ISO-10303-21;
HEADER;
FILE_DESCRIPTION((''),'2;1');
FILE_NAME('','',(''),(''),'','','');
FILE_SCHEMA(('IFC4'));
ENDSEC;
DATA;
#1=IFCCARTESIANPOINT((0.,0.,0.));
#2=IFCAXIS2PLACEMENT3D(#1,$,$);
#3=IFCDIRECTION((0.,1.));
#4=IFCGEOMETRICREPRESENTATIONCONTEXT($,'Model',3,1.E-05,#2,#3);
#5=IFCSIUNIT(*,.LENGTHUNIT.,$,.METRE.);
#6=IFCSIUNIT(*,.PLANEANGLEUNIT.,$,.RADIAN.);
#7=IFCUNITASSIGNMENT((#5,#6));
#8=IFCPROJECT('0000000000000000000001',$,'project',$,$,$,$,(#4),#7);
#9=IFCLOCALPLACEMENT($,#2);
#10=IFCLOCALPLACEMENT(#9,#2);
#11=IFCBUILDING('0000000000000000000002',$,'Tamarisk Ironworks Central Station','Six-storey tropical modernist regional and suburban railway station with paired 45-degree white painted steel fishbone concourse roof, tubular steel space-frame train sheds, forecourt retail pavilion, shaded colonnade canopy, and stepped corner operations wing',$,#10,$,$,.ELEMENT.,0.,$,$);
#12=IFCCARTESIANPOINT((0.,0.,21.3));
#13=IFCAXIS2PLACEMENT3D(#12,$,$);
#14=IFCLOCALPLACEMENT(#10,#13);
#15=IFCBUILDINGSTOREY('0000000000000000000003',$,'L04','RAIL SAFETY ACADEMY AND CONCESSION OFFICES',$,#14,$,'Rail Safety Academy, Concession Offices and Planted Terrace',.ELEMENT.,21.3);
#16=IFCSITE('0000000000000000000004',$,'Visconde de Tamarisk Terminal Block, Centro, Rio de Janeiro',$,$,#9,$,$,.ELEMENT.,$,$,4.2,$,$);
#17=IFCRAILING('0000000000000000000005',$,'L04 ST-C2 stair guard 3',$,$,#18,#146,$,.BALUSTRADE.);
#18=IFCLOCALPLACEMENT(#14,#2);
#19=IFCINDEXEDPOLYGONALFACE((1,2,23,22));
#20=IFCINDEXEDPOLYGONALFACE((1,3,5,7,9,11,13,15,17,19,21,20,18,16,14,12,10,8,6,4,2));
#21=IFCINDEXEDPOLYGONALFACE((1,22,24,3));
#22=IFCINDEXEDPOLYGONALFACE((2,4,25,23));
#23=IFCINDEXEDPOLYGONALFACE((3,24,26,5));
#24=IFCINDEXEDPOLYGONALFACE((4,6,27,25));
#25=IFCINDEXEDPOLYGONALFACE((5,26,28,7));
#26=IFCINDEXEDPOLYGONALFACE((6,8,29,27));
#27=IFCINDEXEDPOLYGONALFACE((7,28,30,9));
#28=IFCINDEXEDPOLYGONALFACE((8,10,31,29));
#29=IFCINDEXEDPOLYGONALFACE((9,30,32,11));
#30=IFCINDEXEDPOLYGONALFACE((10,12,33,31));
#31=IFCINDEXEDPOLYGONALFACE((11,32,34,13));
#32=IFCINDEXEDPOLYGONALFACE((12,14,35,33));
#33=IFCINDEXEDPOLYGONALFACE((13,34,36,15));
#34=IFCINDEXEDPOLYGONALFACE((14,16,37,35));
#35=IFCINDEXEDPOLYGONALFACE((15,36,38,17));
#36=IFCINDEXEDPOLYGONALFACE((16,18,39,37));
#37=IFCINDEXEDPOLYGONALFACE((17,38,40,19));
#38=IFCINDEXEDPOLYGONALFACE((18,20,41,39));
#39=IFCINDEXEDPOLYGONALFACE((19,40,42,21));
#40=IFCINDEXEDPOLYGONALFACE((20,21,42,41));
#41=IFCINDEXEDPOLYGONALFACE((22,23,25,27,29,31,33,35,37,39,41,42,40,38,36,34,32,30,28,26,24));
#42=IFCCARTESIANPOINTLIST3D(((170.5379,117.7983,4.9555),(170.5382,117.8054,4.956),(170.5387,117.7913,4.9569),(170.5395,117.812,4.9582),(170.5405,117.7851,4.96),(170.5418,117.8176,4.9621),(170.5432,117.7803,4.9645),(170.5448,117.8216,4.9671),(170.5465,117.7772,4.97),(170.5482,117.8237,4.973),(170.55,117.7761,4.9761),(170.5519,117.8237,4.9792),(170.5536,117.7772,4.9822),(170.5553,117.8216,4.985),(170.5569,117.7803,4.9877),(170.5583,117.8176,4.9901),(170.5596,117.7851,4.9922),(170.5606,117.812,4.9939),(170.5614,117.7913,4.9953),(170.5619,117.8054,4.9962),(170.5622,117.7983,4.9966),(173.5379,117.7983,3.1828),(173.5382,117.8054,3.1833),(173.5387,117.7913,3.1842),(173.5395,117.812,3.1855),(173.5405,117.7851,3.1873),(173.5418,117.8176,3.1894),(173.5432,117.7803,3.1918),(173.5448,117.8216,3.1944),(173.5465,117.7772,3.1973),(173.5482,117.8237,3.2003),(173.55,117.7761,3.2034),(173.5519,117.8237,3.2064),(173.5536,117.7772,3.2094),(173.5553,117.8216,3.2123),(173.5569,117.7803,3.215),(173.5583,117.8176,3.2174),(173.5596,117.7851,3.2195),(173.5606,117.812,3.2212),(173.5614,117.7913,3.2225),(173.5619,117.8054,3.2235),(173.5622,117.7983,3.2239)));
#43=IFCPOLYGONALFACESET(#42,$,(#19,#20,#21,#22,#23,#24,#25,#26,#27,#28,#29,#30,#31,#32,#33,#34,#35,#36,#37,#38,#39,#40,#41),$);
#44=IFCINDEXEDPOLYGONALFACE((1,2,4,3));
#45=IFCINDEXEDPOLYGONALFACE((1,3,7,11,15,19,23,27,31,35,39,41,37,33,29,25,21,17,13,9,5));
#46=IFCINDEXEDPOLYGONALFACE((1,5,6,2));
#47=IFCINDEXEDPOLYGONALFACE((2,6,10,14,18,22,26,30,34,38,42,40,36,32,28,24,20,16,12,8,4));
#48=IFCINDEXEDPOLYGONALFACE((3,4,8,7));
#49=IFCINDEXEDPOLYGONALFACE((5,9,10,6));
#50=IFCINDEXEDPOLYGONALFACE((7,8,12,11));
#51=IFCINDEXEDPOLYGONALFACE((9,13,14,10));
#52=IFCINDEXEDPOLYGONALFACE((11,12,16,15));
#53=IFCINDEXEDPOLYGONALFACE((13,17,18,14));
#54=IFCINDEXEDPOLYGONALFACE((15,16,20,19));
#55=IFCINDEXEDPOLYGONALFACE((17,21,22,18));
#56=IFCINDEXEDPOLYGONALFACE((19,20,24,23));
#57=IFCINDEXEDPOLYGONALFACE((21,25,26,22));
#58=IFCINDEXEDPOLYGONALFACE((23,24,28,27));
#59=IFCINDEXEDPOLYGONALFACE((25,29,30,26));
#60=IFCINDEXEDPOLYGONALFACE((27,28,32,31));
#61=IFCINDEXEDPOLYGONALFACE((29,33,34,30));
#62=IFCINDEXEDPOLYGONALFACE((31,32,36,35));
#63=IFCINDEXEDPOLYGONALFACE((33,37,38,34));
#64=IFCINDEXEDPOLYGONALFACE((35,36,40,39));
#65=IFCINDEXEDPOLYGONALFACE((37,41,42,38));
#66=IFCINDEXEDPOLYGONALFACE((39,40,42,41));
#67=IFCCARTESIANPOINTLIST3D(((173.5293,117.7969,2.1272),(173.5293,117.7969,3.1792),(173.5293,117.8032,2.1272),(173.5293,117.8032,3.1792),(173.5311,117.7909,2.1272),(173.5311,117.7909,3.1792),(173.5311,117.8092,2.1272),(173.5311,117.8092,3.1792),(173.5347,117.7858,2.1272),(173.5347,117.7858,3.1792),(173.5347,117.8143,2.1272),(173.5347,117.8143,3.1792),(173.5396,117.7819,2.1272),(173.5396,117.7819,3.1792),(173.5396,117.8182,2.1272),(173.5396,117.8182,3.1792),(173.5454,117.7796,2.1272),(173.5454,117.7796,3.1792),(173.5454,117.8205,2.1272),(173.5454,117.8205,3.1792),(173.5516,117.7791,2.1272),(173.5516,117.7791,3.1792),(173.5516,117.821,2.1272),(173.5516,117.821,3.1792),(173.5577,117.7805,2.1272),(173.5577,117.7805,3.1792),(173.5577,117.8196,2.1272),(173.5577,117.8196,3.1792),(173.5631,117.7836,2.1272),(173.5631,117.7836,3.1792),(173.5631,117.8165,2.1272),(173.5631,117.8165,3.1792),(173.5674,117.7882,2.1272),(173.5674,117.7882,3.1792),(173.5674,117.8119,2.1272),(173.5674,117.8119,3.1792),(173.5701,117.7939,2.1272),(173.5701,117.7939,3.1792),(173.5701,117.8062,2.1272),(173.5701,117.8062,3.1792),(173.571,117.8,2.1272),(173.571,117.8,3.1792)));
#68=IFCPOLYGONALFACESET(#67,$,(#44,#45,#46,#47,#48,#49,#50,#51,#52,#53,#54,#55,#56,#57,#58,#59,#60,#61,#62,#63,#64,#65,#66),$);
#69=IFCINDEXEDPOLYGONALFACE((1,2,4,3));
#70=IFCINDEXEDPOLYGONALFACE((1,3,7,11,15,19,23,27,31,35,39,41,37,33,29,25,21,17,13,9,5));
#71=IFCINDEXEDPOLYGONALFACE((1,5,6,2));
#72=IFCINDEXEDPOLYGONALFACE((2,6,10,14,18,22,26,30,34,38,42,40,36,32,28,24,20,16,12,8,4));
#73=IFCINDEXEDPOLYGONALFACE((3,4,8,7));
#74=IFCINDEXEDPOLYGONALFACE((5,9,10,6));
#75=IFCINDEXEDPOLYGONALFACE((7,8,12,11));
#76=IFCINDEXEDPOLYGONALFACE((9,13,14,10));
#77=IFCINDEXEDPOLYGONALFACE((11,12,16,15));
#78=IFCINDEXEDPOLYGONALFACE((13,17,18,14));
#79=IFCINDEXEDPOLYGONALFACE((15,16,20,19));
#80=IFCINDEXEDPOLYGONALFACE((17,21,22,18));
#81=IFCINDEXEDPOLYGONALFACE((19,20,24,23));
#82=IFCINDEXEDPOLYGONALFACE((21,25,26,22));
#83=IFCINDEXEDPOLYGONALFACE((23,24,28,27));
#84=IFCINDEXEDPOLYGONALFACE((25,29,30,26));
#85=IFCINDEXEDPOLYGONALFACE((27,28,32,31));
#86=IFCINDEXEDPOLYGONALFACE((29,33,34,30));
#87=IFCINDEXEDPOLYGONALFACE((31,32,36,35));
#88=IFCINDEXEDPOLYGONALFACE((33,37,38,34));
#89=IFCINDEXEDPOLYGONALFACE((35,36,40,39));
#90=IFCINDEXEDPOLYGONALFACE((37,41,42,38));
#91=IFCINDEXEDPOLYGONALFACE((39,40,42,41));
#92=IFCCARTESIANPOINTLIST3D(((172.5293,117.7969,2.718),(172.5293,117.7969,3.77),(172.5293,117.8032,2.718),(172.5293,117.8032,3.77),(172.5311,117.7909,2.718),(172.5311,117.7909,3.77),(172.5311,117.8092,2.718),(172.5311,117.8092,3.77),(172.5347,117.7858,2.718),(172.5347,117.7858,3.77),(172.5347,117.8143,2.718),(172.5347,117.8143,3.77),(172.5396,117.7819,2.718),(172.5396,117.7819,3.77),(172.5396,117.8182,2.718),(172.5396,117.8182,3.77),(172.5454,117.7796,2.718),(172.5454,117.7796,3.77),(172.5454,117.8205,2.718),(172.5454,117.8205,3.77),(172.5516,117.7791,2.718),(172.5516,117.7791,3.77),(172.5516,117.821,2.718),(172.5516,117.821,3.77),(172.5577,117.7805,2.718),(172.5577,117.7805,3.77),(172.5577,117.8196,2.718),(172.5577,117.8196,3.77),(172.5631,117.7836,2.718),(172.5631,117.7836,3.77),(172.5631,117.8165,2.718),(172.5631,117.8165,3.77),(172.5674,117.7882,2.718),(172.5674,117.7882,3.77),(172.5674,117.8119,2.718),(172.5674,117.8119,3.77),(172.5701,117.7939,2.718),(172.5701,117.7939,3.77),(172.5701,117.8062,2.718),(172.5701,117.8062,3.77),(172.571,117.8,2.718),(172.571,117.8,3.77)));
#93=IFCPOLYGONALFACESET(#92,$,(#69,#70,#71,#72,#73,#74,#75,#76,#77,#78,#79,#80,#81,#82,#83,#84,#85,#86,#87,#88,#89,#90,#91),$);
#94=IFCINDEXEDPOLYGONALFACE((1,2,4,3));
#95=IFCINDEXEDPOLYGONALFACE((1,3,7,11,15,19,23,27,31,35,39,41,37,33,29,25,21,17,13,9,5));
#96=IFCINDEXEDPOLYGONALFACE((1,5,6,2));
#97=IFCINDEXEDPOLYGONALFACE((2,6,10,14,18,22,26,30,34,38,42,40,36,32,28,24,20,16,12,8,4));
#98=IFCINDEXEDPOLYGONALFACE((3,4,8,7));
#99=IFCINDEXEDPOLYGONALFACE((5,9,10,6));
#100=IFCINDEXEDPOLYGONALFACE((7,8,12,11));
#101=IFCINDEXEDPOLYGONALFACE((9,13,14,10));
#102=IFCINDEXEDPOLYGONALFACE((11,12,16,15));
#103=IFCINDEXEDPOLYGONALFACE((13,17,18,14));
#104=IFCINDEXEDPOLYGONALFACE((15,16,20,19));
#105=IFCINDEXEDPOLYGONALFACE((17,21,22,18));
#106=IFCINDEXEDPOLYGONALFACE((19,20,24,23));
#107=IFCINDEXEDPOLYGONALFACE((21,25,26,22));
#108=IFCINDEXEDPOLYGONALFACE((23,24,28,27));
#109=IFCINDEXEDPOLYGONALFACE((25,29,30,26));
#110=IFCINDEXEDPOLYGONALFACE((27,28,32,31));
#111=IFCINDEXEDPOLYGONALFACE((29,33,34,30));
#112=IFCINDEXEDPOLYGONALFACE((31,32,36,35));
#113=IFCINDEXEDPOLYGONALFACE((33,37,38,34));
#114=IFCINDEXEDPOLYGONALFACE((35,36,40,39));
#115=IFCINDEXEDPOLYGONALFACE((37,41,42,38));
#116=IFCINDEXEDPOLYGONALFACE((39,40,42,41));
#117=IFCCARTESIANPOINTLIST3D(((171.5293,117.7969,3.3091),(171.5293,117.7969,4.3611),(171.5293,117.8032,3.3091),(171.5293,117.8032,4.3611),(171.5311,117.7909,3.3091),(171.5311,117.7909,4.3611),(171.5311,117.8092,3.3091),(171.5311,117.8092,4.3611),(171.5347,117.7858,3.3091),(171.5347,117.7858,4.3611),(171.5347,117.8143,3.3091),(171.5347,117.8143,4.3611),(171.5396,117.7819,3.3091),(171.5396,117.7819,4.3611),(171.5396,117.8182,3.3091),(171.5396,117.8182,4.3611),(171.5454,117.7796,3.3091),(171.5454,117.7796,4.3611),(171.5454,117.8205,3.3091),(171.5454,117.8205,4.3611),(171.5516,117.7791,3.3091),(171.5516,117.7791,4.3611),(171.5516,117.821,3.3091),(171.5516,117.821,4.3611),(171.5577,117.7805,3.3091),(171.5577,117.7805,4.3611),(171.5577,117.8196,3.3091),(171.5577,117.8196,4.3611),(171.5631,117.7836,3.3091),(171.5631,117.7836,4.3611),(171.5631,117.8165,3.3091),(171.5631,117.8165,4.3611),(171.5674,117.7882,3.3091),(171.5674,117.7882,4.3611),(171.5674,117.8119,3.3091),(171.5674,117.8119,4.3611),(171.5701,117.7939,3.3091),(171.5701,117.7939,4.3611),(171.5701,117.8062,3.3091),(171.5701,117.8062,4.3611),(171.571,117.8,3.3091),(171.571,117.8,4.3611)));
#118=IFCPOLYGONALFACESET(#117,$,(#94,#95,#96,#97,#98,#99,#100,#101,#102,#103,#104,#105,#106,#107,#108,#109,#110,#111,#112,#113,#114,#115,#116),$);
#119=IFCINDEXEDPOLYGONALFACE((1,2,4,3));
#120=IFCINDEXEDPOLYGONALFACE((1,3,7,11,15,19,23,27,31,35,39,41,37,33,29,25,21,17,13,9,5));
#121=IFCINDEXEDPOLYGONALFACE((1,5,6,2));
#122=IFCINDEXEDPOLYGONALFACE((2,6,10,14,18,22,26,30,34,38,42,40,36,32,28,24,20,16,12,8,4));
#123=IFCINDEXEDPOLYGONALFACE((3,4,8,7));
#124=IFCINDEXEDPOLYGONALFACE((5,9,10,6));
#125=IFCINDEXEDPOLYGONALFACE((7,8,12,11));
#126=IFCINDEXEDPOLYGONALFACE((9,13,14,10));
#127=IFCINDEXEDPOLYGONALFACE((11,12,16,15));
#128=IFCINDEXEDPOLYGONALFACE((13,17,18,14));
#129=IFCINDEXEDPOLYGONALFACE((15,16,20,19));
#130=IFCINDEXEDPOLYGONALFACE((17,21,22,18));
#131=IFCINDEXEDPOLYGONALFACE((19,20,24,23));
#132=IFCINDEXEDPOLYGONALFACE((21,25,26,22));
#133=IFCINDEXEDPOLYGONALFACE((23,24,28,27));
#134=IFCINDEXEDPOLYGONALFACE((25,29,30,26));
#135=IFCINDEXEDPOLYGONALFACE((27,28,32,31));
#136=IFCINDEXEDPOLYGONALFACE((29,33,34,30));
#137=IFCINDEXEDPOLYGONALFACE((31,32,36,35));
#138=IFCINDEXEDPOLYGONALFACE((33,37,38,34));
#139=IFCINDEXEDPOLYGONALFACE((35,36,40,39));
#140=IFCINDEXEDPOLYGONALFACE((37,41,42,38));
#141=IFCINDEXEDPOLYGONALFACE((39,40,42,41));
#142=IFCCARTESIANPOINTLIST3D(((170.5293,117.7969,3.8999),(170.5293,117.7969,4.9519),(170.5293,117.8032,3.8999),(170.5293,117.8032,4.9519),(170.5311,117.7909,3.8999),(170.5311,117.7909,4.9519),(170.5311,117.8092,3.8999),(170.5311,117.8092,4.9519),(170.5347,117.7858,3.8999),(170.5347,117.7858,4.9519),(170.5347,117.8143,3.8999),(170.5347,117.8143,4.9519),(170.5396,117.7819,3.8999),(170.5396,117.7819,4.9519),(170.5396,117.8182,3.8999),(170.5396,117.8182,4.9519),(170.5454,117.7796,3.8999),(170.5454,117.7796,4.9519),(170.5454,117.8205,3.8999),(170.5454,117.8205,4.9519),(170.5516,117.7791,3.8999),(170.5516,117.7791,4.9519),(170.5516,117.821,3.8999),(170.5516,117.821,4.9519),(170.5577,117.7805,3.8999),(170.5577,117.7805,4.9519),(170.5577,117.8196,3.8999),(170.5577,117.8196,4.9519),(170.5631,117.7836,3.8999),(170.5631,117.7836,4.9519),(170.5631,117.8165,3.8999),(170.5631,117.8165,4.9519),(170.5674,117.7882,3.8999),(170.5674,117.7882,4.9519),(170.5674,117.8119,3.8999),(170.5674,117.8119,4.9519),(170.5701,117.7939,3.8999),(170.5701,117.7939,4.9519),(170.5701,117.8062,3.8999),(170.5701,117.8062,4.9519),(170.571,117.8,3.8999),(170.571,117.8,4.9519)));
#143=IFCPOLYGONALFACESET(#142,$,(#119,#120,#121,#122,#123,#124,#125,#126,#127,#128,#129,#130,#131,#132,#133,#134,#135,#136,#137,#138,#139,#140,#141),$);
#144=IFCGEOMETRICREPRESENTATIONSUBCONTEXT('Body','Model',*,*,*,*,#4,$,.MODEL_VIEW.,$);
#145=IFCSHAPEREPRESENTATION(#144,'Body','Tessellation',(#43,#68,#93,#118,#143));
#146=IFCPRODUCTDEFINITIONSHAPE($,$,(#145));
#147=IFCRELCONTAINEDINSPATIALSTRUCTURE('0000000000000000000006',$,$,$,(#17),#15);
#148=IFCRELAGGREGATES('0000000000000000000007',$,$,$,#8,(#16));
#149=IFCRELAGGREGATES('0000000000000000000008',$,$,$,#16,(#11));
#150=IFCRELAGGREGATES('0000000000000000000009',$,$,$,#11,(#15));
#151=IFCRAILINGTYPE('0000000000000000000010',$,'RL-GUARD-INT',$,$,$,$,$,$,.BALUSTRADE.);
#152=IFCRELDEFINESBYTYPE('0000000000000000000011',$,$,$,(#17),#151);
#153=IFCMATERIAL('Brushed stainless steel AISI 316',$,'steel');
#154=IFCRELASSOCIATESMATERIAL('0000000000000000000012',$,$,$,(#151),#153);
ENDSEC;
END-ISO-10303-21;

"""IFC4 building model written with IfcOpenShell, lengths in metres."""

from ifc_helpers import new_model, si_unit, direction, frame, origin, origin_2d, place, context, subcontext, project, spatial, circle, extrude, material, type_object, element, save


model = new_model("IFC4")

# Units and contexts
model_context = context("Model", 3, precision=1e-05, world=origin(), true_north=direction((0.0, 1.0)))
body_context = subcontext(model_context, "Body", "Model", "MODEL_VIEW")
ifc_project = project(units=[si_unit("LENGTHUNIT", "METRE"), si_unit("PLANEANGLEUNIT", "RADIAN")], contexts=[model_context])

# Site, building, storey
site_placement = place(None, origin())
site = spatial("IfcSite", under=ifc_project, at=site_placement, Name="Visconde de Tamarisk Terminal Block, Centro, Rio de Janeiro", CompositionType="ELEMENT", RefElevation=4.2)
building_placement = place(site_placement, origin())
building = spatial("IfcBuilding", under=site, at=building_placement, Name="Tamarisk Ironworks Central Station", Description="Six-storey tropical modernist regional and suburban railway station with paired 45-degree white painted steel fishbone concourse roof, tubular steel space-frame train sheds, forecourt retail pavilion, shaded colonnade canopy, and stepped corner operations wing", CompositionType="ELEMENT", ElevationOfRefHeight=0.0)
storey_placement = place(building_placement, frame((0.0, 0.0, 21.3)))
storey = spatial("IfcBuildingStorey", under=building, at=storey_placement, Name="L04", Description="RAIL SAFETY ACADEMY AND CONCESSION OFFICES", LongName="Rail Safety Academy, Concession Offices and Planted Terrace", CompositionType="ELEMENT", Elevation=21.3)

# Railing
ifc_material_1 = material(Name="Brushed stainless steel AISI 316", Category="steel")
railing_type_1 = type_object("IfcRailingType", Name="RL-GUARD-INT", PredefinedType="BALUSTRADE", material=ifc_material_1)
railing_1_placement = place(storey_placement, frame((173.55, 117.8, 2.1272)))
element("IfcRailing", 1, at=railing_1_placement, inside=storey, type_object=railing_type_1, Name="L04 ST-C2 stair guard 3", PredefinedType="BALUSTRADE", context=body_context, shape_type="SweptSolid", body=[
    extrude(circle(Radius=0.0239, at=origin_2d()), frame((0.0, 0.0, 1.0762), z_axis=(-0.860929, 0.0, 0.508725), x_axis=(0.0, -1.0, 0.0)), (0.0, 0.0, 1.0), 3.4846),
    extrude(circle(Radius=0.021, at=origin_2d()), origin(), (0.0, 0.0, 1.0), 1.052),
    extrude(circle(Radius=0.021, at=origin_2d()), frame((-1.0, 0.0, 0.5908)), (0.0, 0.0, 1.0), 1.052),
    extrude(circle(Radius=0.021, at=origin_2d()), frame((-2.0, 0.0, 1.1819)), (0.0, 0.0, 1.0), 1.052),
    extrude(circle(Radius=0.021, at=origin_2d()), frame((-3.0, 0.0, 1.7727)), (0.0, 0.0, 1.0), 1.052),
])

save(model, "model.ifc")
